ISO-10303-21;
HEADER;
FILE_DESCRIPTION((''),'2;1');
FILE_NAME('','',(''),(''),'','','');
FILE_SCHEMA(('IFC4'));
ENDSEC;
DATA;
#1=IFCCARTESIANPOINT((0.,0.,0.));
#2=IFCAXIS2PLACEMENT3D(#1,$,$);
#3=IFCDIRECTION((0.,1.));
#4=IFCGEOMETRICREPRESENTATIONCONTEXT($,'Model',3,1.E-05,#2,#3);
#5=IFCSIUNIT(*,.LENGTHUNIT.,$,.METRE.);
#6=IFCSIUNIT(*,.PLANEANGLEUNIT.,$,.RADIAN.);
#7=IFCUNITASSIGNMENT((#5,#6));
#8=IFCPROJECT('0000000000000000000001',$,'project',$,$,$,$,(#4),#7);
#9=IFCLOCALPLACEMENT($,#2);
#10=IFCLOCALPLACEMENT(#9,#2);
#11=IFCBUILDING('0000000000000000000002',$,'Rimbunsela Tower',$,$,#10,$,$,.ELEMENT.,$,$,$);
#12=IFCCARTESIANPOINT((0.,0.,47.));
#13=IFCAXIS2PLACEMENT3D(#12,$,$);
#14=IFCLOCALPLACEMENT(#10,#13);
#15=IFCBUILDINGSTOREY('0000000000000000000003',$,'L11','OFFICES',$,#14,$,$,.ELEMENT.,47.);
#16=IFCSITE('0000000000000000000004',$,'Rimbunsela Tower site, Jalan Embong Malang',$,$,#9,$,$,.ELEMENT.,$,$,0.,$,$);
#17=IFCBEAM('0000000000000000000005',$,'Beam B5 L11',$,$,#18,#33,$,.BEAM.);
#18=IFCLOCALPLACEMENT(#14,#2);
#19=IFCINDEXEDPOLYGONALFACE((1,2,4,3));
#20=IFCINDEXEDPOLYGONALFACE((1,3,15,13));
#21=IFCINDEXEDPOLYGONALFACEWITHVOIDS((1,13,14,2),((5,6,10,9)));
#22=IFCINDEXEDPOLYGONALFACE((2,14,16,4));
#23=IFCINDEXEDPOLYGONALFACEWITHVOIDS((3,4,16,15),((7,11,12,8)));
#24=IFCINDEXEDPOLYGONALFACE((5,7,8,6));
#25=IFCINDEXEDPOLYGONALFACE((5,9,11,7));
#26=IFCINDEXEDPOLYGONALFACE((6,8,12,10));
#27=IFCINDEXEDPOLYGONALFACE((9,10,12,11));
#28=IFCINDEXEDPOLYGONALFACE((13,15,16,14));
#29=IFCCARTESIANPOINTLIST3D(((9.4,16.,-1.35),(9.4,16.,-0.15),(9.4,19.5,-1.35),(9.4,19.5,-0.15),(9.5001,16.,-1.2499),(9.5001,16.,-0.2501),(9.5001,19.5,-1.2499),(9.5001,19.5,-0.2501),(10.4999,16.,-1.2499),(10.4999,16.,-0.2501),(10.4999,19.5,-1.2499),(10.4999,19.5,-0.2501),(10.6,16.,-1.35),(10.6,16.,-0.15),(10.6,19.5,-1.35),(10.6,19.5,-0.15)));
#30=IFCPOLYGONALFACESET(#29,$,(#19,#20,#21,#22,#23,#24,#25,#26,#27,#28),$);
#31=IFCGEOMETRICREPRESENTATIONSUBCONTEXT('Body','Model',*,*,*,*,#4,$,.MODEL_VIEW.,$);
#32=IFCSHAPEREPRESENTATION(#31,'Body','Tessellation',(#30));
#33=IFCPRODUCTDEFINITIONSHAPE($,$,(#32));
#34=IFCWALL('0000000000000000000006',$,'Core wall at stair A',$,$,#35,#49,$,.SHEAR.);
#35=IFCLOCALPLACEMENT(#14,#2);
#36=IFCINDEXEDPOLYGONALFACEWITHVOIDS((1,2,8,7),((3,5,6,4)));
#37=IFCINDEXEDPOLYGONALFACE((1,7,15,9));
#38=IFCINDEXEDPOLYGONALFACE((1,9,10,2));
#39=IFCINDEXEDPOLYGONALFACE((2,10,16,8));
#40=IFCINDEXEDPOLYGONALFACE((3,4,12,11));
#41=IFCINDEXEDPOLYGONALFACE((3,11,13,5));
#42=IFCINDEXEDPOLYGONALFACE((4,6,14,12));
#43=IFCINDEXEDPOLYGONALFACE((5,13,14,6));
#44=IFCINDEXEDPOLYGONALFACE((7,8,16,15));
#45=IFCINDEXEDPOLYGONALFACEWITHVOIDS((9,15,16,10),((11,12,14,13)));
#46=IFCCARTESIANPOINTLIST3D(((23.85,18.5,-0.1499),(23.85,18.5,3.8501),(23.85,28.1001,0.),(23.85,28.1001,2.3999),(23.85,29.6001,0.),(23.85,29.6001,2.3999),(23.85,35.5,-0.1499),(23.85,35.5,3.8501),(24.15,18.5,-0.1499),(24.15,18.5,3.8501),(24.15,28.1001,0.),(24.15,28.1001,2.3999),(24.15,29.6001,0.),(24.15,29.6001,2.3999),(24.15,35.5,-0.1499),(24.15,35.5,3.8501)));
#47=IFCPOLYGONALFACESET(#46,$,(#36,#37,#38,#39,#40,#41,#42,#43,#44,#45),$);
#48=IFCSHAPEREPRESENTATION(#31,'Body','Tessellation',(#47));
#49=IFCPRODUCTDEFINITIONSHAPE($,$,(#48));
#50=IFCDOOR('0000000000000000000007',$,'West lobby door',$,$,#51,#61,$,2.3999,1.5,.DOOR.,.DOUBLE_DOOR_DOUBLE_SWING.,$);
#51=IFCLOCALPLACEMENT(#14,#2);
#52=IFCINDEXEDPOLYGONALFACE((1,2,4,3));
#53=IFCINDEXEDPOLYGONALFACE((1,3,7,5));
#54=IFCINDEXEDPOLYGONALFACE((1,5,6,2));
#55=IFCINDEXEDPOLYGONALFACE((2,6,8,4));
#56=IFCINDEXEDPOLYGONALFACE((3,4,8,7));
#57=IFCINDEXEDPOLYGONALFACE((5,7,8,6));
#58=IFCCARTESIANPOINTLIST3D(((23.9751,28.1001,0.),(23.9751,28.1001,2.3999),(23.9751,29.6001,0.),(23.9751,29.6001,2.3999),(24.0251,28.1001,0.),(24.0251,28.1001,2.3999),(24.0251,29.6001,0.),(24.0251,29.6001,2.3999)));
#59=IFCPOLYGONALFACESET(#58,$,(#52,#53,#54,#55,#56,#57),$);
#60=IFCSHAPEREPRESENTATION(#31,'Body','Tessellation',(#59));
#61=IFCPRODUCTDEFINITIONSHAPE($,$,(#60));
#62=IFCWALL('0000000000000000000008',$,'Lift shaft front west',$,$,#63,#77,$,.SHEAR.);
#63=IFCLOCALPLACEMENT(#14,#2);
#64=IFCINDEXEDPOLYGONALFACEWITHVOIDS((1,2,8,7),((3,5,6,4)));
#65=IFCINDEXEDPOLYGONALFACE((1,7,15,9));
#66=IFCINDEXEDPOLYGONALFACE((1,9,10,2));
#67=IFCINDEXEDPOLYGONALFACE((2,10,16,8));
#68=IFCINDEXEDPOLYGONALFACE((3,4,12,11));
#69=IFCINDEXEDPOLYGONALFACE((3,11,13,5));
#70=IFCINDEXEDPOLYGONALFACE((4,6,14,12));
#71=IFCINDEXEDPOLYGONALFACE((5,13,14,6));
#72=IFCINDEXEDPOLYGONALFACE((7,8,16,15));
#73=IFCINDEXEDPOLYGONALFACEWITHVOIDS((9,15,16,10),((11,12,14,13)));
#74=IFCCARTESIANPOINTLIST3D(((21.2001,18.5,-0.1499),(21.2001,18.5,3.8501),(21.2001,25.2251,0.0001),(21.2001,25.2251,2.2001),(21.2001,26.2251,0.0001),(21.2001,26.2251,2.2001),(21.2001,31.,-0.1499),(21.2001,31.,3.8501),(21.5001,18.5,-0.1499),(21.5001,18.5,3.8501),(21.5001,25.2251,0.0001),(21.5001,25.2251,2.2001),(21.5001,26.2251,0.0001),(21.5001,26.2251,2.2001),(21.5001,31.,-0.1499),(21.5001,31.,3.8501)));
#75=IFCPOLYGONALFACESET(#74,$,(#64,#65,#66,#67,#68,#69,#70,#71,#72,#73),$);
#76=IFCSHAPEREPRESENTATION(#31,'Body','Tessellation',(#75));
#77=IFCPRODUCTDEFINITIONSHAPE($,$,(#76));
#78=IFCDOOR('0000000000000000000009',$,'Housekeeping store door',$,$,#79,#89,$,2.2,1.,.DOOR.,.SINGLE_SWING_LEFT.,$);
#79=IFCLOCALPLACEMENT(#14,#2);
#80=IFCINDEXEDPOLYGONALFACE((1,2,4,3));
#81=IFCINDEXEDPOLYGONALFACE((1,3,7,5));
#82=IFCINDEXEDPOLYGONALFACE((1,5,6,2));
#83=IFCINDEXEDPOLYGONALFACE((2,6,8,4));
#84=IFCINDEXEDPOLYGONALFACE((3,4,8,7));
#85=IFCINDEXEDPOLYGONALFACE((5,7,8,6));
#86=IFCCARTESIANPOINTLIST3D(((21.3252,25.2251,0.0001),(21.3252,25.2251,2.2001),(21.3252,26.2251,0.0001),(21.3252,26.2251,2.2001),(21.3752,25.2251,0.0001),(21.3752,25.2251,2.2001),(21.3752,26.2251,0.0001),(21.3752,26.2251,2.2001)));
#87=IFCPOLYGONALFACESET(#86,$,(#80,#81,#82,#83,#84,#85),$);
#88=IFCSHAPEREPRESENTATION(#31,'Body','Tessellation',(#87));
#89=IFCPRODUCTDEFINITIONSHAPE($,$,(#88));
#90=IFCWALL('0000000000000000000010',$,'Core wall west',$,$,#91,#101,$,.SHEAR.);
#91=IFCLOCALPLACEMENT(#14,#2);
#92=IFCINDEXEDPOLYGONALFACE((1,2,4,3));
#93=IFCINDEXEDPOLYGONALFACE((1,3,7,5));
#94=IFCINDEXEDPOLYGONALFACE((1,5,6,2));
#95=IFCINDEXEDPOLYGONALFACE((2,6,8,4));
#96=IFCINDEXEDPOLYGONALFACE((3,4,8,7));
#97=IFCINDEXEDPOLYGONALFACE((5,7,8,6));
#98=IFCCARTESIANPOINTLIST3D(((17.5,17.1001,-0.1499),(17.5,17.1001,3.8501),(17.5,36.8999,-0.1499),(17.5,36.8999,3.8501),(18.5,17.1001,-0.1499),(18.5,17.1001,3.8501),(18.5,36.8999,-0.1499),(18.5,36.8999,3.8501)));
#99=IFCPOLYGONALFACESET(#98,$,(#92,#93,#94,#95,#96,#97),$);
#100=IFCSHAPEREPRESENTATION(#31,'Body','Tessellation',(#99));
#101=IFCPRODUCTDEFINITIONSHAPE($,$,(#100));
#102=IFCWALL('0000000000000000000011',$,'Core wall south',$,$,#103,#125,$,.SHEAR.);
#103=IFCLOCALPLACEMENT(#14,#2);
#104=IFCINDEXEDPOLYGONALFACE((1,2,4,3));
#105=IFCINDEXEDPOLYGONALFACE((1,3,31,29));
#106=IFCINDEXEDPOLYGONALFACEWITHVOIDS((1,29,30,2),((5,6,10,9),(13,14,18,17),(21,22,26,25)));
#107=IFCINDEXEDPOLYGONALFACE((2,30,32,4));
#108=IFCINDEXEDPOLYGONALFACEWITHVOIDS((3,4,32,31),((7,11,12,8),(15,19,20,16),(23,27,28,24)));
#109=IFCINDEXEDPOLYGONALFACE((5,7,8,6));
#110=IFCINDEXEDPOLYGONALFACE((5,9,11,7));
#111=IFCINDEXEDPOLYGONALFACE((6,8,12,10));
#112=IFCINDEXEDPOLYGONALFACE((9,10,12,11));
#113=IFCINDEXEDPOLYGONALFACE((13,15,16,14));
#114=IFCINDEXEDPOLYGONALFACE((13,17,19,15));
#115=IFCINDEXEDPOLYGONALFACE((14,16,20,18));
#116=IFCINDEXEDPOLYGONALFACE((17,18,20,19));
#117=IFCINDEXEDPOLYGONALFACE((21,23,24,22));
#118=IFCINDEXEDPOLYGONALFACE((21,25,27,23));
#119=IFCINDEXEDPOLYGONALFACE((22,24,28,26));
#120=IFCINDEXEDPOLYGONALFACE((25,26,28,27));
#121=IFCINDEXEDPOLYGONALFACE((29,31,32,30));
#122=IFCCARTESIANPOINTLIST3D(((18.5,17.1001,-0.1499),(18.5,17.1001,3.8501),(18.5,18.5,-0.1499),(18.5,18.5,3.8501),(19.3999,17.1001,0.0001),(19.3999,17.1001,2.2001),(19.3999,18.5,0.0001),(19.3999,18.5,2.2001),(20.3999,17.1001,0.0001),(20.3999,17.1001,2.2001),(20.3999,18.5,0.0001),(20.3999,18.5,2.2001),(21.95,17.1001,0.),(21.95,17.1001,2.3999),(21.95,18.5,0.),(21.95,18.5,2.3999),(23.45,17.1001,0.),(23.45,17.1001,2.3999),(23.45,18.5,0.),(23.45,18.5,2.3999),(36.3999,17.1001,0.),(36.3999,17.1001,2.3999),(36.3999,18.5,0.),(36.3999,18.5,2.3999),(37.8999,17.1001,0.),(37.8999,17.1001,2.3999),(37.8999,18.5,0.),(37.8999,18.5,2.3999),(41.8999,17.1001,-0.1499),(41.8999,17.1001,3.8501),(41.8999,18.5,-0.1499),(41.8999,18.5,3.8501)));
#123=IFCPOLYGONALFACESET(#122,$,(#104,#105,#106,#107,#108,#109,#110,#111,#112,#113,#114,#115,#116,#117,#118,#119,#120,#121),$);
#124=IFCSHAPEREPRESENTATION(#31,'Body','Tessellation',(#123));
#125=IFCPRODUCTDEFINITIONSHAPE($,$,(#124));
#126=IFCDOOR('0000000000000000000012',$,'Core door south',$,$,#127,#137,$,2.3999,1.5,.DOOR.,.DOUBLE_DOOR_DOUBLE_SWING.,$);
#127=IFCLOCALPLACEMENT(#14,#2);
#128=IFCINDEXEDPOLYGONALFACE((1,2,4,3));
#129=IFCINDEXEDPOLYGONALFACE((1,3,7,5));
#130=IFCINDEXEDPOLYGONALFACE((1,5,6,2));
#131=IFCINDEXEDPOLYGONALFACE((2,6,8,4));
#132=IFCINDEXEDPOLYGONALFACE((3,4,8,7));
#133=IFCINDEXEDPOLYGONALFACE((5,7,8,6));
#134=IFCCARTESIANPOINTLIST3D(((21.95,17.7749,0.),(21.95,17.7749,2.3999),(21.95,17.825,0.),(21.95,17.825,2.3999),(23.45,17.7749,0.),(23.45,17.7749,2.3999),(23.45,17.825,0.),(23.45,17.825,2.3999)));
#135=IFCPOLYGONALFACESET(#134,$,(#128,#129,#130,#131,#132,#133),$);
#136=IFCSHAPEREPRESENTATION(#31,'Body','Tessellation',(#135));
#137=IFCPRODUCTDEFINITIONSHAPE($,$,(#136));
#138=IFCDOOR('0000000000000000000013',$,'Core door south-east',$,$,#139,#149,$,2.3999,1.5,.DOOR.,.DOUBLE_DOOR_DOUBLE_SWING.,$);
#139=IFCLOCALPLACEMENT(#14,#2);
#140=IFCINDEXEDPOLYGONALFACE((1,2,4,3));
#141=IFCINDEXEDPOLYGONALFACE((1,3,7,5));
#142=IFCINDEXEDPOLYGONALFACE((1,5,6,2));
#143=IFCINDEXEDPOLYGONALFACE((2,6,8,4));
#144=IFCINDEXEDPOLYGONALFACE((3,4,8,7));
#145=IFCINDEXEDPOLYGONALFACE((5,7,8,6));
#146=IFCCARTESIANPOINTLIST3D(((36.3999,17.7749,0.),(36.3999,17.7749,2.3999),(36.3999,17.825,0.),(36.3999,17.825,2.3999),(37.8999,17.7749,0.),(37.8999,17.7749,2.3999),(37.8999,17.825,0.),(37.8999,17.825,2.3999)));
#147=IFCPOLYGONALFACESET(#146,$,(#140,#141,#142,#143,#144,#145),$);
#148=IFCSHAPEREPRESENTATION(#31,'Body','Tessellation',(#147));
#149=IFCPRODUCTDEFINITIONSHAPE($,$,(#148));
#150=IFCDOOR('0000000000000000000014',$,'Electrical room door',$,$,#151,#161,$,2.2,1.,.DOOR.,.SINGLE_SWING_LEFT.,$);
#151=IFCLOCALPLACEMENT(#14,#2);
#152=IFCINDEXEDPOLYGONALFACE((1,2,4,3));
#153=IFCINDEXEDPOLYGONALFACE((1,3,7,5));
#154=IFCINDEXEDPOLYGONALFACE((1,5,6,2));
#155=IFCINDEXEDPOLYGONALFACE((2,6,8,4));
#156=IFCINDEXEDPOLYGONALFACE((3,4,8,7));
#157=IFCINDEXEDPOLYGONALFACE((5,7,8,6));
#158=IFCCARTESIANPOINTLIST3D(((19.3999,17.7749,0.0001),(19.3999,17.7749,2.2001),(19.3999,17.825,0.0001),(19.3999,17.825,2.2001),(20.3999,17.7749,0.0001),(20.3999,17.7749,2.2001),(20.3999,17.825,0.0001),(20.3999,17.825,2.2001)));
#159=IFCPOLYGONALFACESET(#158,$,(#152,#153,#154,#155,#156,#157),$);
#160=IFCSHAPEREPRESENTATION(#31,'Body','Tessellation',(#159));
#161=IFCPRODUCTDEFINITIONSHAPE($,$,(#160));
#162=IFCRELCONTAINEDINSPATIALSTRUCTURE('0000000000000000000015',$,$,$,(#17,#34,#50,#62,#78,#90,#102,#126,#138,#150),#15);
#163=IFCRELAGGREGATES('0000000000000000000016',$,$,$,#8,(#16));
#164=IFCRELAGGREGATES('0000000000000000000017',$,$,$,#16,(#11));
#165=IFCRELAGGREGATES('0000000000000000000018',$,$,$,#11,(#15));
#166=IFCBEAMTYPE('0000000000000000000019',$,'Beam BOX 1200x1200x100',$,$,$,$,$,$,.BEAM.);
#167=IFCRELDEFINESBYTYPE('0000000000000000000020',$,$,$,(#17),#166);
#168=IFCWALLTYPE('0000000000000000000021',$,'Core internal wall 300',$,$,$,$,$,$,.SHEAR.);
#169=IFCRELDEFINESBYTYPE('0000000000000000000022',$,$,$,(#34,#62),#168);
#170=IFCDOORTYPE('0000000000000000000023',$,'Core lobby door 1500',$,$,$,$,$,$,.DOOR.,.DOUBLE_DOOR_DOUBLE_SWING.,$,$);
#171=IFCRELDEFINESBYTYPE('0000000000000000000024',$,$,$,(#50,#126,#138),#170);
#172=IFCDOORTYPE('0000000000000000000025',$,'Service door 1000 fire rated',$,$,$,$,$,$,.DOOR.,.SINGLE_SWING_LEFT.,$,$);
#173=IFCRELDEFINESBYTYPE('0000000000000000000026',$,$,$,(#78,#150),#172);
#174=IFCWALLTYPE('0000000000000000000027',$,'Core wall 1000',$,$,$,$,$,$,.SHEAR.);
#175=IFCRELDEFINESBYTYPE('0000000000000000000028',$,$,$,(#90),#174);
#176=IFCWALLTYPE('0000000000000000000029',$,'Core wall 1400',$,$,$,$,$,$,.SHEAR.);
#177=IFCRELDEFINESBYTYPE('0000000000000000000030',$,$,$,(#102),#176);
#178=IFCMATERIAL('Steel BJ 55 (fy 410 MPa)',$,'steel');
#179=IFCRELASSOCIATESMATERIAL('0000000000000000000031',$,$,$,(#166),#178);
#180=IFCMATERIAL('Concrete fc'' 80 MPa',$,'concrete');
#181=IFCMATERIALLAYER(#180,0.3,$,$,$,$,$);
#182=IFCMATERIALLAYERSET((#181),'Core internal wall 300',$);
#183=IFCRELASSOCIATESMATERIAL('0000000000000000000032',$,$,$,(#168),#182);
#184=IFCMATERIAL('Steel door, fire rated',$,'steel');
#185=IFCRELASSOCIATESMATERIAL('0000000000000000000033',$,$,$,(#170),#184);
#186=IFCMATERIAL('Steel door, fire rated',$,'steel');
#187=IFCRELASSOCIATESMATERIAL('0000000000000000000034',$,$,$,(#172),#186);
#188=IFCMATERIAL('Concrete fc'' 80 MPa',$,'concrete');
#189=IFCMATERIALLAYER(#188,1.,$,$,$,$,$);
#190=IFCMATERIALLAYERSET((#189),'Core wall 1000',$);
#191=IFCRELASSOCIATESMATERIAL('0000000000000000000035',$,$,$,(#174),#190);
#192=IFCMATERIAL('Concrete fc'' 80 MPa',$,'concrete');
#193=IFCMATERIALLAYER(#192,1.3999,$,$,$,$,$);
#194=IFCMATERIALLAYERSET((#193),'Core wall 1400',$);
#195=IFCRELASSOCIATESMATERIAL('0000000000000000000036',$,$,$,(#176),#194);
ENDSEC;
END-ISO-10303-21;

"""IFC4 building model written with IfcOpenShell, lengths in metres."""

from ifc_helpers import new_model, si_unit, direction, frame, frame_2d, origin, origin_2d, place, context, subcontext, project, spatial, rectangle, hollow_rectangle, extrude, material, layer, layer_set, material_profile, profile_set, type_object, element, fill, save


model = new_model("IFC4")

# Units and contexts
model_context = context("Model", 3, precision=1e-05, world=origin(), true_north=direction((0.0, 1.0)))
body_context = subcontext(model_context, "Body", "Model", "MODEL_VIEW")
ifc_project = project(units=[si_unit("LENGTHUNIT", "METRE"), si_unit("PLANEANGLEUNIT", "RADIAN")], contexts=[model_context])

# Site, building, storey
site_placement = place(None, origin())
site = spatial("IfcSite", under=ifc_project, at=site_placement, Name="Rimbunsela Tower site, Jalan Embong Malang", CompositionType="ELEMENT", RefElevation=0.0)
building_placement = place(site_placement, origin())
building = spatial("IfcBuilding", under=site, at=building_placement, Name="Rimbunsela Tower", CompositionType="ELEMENT")
storey_placement = place(building_placement, frame((0.0, 0.0, 47.0)))
storey = spatial("IfcBuildingStorey", under=building, at=storey_placement, Name="L11", Description="OFFICES", CompositionType="ELEMENT", Elevation=47.0)

# Beam
ifc_material_1 = material(Name="Steel BJ 55 (fy 410 MPa)", Category="steel")
ifc_material_profile = material_profile(ifc_material_1, hollow_rectangle(XDim=1.2, YDim=1.2, WallThickness=0.1001, at=origin_2d()), Name="BOX 1200x1200x100")
ifc_profile_set = profile_set([ifc_material_profile], Name="Steel BJ 55 (fy 410 MPa)")
beam_type = type_object("IfcBeamType", Name="Beam BOX 1200x1200x100", PredefinedType="BEAM", material=ifc_profile_set)
beam_placement = place(storey_placement, frame((10.0, 16.0, -0.75), z_axis=(0.0, 1.0, 0.0), x_axis=(-1.0, 0.0, 0.0)))
element("IfcBeam", 1, at=beam_placement, inside=storey, type_object=beam_type, Name="Beam B5 L11", PredefinedType="BEAM", context=body_context, shape_type="SweptSolid", body=[
    extrude(hollow_rectangle(XDim=1.2, YDim=1.2, WallThickness=0.1001, at=origin_2d()), origin(), (0.0, 0.0, 1.0), 3.5),
])

# Walls, openings, doors
ifc_material_2 = material(Name="Concrete fc' 80 MPa", Category="concrete")
ifc_layer_1 = layer(ifc_material_2, 0.3)
ifc_layer_set_1 = layer_set([ifc_layer_1], Name="Core internal wall 300")
wall_type_1 = type_object("IfcWallType", Name="Core internal wall 300", PredefinedType="SHEAR", material=ifc_layer_set_1)
wall_1_placement = place(storey_placement, frame((24.0, 18.5, -0.1499), z_axis=(0.0, 0.0, 1.0), x_axis=(0.0, 1.0, 0.0)))
wall_1 = element("IfcWall", 2, at=wall_1_placement, inside=storey, type_object=wall_type_1, Name="Core wall at stair A", PredefinedType="SHEAR", context=body_context, shape_type="SweptSolid", body=[
    extrude(rectangle(XDim=17.0, YDim=0.3, at=frame_2d((8.5, 0.0))), origin(), (0.0, 0.0, 1.0), 4.0),
])
opening_1_placement = place(wall_1_placement, frame((9.6001, 0.0, 0.1499)))
opening_1 = element("IfcOpeningElement", 3, at=opening_1_placement, cuts=wall_1, PredefinedType="OPENING", context=body_context, shape_type="SweptSolid", body=[
    extrude(rectangle(XDim=1.5, YDim=2.3999, at=frame_2d((0.75, 1.2))), frame((0.0, 0.1599, 0.0), z_axis=(0.0, -1.0, 0.0), x_axis=(1.0, 0.0, 0.0)), (0.0, 0.0, 1.0), 0.3201),
])
ifc_material_3 = material(Name="Steel door, fire rated", Category="steel")
door_type_1 = type_object("IfcDoorType", Name="Core lobby door 1500", OperationType="DOUBLE_DOOR_DOUBLE_SWING", PredefinedType="DOOR", material=ifc_material_3)
door_1_placement = place(opening_1_placement, origin())
door_1 = element("IfcDoor", 4, at=door_1_placement, inside=storey, type_object=door_type_1, Name="West lobby door", OperationType="DOUBLE_DOOR_DOUBLE_SWING", OverallHeight=2.3999, OverallWidth=1.5, PredefinedType="DOOR", context=body_context, shape_type="SweptSolid", body=[
    extrude(rectangle(XDim=1.5, YDim=2.3999, at=frame_2d((0.75, 1.2))), frame((0.0, 0.0249, 0.0), z_axis=(0.0, -1.0, 0.0), x_axis=(1.0, 0.0, 0.0)), (0.0, 0.0, 1.0), 0.05),
])
fill(opening_1, door_1)
wall_2_placement = place(storey_placement, frame((21.3501, 18.5, -0.1499), z_axis=(0.0, 0.0, 1.0), x_axis=(0.0, 1.0, 0.0)))
wall_2 = element("IfcWall", 5, at=wall_2_placement, inside=storey, type_object=wall_type_1, Name="Lift shaft front west", PredefinedType="SHEAR", context=body_context, shape_type="SweptSolid", body=[
    extrude(rectangle(XDim=12.5, YDim=0.3, at=frame_2d((6.25, 0.0))), origin(), (0.0, 0.0, 1.0), 4.0),
])
opening_2_placement = place(wall_2_placement, frame((6.7251, 0.0, 0.1499)))
opening_2 = element("IfcOpeningElement", 6, at=opening_2_placement, cuts=wall_2, PredefinedType="OPENING", context=body_context, shape_type="SweptSolid", body=[
    extrude(rectangle(XDim=1.0, YDim=2.2, at=frame_2d((0.5, 1.1001))), frame((0.0, 0.1599, 0.0), z_axis=(0.0, -1.0, 0.0), x_axis=(1.0, 0.0, 0.0)), (0.0, 0.0, 1.0), 0.3201),
])
ifc_material_4 = material(Name="Steel door, fire rated", Category="steel")
door_type_2 = type_object("IfcDoorType", Name="Service door 1000 fire rated", OperationType="SINGLE_SWING_LEFT", PredefinedType="DOOR", material=ifc_material_4)
door_2_placement = place(opening_2_placement, origin())
door_2 = element("IfcDoor", 7, at=door_2_placement, inside=storey, type_object=door_type_2, Name="Housekeeping store door", OperationType="SINGLE_SWING_LEFT", OverallHeight=2.2, OverallWidth=1.0, PredefinedType="DOOR", context=body_context, shape_type="SweptSolid", body=[
    extrude(rectangle(XDim=1.0, YDim=2.2, at=frame_2d((0.5, 1.1001))), frame((0.0, 0.0249, 0.0), z_axis=(0.0, -1.0, 0.0), x_axis=(1.0, 0.0, 0.0)), (0.0, 0.0, 1.0), 0.05),
])
fill(opening_2, door_2)

# Wall
ifc_material_5 = material(Name="Concrete fc' 80 MPa", Category="concrete")
ifc_layer_2 = layer(ifc_material_5, 1.0)
ifc_layer_set_2 = layer_set([ifc_layer_2], Name="Core wall 1000")
wall_type_2 = type_object("IfcWallType", Name="Core wall 1000", PredefinedType="SHEAR", material=ifc_layer_set_2)
wall_3_placement = place(storey_placement, frame((18.0, 17.1001, -0.1499), z_axis=(0.0, 0.0, 1.0), x_axis=(0.0, 1.0, 0.0)))
element("IfcWall", 8, at=wall_3_placement, inside=storey, type_object=wall_type_2, Name="Core wall west", PredefinedType="SHEAR", context=body_context, shape_type="SweptSolid", body=[
    extrude(rectangle(XDim=19.7998, YDim=1.0, at=frame_2d((9.8999, 0.0))), origin(), (0.0, 0.0, 1.0), 4.0),
])

# Wall, openings, doors
ifc_material_6 = material(Name="Concrete fc' 80 MPa", Category="concrete")
ifc_layer_3 = layer(ifc_material_6, 1.3999)
ifc_layer_set_3 = layer_set([ifc_layer_3], Name="Core wall 1400")
wall_type_3 = type_object("IfcWallType", Name="Core wall 1400", PredefinedType="SHEAR", material=ifc_layer_set_3)
wall_4_placement = place(storey_placement, frame((18.5, 17.8, -0.1499), z_axis=(0.0, 0.0, 1.0), x_axis=(1.0, 0.0, 0.0)))
wall_4 = element("IfcWall", 9, at=wall_4_placement, inside=storey, type_object=wall_type_3, Name="Core wall south", PredefinedType="SHEAR", context=body_context, shape_type="SweptSolid", body=[
    extrude(rectangle(XDim=23.3999, YDim=1.3999, at=frame_2d((11.7, 0.0))), origin(), (0.0, 0.0, 1.0), 4.0),
])
opening_3_placement = place(wall_4_placement, frame((3.45, 0.0, 0.1499)))
opening_3 = element("IfcOpeningElement", 10, at=opening_3_placement, cuts=wall_4, PredefinedType="OPENING", context=body_context, shape_type="SweptSolid", body=[
    extrude(rectangle(XDim=1.5, YDim=2.3999, at=frame_2d((0.75, 1.2))), frame((0.0, 0.71, 0.0), z_axis=(0.0, -1.0, 0.0), x_axis=(1.0, 0.0, 0.0)), (0.0, 0.0, 1.0), 1.4199),
])
opening_4_placement = place(wall_4_placement, frame((17.8999, 0.0, 0.1499)))
opening_4 = element("IfcOpeningElement", 11, at=opening_4_placement, cuts=wall_4, PredefinedType="OPENING", context=body_context, shape_type="SweptSolid", body=[
    extrude(rectangle(XDim=1.5, YDim=2.3999, at=frame_2d((0.75, 1.2))), frame((0.0, 0.71, 0.0), z_axis=(0.0, -1.0, 0.0), x_axis=(1.0, 0.0, 0.0)), (0.0, 0.0, 1.0), 1.4199),
])
opening_5_placement = place(wall_4_placement, frame((0.8999, 0.0, 0.1499)))
opening_5 = element("IfcOpeningElement", 12, at=opening_5_placement, cuts=wall_4, PredefinedType="OPENING", context=body_context, shape_type="SweptSolid", body=[
    extrude(rectangle(XDim=1.0, YDim=2.2, at=frame_2d((0.5, 1.1001))), frame((0.0, 0.71, 0.0), z_axis=(0.0, -1.0, 0.0), x_axis=(1.0, 0.0, 0.0)), (0.0, 0.0, 1.0), 1.4199),
])
door_3_placement = place(opening_3_placement, origin())
door_3 = element("IfcDoor", 13, at=door_3_placement, inside=storey, type_object=door_type_1, Name="Core door south", OperationType="DOUBLE_DOOR_DOUBLE_SWING", OverallHeight=2.3999, OverallWidth=1.5, PredefinedType="DOOR", context=body_context, shape_type="SweptSolid", body=[
    extrude(rectangle(XDim=1.5, YDim=2.3999, at=frame_2d((0.75, 1.2))), frame((0.0, 0.0249, 0.0), z_axis=(0.0, -1.0, 0.0), x_axis=(1.0, 0.0, 0.0)), (0.0, 0.0, 1.0), 0.05),
])
fill(opening_3, door_3)
door_4_placement = place(opening_4_placement, origin())
door_4 = element("IfcDoor", 14, at=door_4_placement, inside=storey, type_object=door_type_1, Name="Core door south-east", OperationType="DOUBLE_DOOR_DOUBLE_SWING", OverallHeight=2.3999, OverallWidth=1.5, PredefinedType="DOOR", context=body_context, shape_type="SweptSolid", body=[
    extrude(rectangle(XDim=1.5, YDim=2.3999, at=frame_2d((0.75, 1.2))), frame((0.0, 0.0249, 0.0), z_axis=(0.0, -1.0, 0.0), x_axis=(1.0, 0.0, 0.0)), (0.0, 0.0, 1.0), 0.05),
])
fill(opening_4, door_4)
door_5_placement = place(opening_5_placement, origin())
door_5 = element("IfcDoor", 15, at=door_5_placement, inside=storey, type_object=door_type_2, Name="Electrical room door", OperationType="SINGLE_SWING_LEFT", OverallHeight=2.2, OverallWidth=1.0, PredefinedType="DOOR", context=body_context, shape_type="SweptSolid", body=[
    extrude(rectangle(XDim=1.0, YDim=2.2, at=frame_2d((0.5, 1.1001))), frame((0.0, 0.0249, 0.0), z_axis=(0.0, -1.0, 0.0), x_axis=(1.0, 0.0, 0.0)), (0.0, 0.0, 1.0), 0.05),
])
fill(opening_5, door_5)

save(model, "model.ifc")
